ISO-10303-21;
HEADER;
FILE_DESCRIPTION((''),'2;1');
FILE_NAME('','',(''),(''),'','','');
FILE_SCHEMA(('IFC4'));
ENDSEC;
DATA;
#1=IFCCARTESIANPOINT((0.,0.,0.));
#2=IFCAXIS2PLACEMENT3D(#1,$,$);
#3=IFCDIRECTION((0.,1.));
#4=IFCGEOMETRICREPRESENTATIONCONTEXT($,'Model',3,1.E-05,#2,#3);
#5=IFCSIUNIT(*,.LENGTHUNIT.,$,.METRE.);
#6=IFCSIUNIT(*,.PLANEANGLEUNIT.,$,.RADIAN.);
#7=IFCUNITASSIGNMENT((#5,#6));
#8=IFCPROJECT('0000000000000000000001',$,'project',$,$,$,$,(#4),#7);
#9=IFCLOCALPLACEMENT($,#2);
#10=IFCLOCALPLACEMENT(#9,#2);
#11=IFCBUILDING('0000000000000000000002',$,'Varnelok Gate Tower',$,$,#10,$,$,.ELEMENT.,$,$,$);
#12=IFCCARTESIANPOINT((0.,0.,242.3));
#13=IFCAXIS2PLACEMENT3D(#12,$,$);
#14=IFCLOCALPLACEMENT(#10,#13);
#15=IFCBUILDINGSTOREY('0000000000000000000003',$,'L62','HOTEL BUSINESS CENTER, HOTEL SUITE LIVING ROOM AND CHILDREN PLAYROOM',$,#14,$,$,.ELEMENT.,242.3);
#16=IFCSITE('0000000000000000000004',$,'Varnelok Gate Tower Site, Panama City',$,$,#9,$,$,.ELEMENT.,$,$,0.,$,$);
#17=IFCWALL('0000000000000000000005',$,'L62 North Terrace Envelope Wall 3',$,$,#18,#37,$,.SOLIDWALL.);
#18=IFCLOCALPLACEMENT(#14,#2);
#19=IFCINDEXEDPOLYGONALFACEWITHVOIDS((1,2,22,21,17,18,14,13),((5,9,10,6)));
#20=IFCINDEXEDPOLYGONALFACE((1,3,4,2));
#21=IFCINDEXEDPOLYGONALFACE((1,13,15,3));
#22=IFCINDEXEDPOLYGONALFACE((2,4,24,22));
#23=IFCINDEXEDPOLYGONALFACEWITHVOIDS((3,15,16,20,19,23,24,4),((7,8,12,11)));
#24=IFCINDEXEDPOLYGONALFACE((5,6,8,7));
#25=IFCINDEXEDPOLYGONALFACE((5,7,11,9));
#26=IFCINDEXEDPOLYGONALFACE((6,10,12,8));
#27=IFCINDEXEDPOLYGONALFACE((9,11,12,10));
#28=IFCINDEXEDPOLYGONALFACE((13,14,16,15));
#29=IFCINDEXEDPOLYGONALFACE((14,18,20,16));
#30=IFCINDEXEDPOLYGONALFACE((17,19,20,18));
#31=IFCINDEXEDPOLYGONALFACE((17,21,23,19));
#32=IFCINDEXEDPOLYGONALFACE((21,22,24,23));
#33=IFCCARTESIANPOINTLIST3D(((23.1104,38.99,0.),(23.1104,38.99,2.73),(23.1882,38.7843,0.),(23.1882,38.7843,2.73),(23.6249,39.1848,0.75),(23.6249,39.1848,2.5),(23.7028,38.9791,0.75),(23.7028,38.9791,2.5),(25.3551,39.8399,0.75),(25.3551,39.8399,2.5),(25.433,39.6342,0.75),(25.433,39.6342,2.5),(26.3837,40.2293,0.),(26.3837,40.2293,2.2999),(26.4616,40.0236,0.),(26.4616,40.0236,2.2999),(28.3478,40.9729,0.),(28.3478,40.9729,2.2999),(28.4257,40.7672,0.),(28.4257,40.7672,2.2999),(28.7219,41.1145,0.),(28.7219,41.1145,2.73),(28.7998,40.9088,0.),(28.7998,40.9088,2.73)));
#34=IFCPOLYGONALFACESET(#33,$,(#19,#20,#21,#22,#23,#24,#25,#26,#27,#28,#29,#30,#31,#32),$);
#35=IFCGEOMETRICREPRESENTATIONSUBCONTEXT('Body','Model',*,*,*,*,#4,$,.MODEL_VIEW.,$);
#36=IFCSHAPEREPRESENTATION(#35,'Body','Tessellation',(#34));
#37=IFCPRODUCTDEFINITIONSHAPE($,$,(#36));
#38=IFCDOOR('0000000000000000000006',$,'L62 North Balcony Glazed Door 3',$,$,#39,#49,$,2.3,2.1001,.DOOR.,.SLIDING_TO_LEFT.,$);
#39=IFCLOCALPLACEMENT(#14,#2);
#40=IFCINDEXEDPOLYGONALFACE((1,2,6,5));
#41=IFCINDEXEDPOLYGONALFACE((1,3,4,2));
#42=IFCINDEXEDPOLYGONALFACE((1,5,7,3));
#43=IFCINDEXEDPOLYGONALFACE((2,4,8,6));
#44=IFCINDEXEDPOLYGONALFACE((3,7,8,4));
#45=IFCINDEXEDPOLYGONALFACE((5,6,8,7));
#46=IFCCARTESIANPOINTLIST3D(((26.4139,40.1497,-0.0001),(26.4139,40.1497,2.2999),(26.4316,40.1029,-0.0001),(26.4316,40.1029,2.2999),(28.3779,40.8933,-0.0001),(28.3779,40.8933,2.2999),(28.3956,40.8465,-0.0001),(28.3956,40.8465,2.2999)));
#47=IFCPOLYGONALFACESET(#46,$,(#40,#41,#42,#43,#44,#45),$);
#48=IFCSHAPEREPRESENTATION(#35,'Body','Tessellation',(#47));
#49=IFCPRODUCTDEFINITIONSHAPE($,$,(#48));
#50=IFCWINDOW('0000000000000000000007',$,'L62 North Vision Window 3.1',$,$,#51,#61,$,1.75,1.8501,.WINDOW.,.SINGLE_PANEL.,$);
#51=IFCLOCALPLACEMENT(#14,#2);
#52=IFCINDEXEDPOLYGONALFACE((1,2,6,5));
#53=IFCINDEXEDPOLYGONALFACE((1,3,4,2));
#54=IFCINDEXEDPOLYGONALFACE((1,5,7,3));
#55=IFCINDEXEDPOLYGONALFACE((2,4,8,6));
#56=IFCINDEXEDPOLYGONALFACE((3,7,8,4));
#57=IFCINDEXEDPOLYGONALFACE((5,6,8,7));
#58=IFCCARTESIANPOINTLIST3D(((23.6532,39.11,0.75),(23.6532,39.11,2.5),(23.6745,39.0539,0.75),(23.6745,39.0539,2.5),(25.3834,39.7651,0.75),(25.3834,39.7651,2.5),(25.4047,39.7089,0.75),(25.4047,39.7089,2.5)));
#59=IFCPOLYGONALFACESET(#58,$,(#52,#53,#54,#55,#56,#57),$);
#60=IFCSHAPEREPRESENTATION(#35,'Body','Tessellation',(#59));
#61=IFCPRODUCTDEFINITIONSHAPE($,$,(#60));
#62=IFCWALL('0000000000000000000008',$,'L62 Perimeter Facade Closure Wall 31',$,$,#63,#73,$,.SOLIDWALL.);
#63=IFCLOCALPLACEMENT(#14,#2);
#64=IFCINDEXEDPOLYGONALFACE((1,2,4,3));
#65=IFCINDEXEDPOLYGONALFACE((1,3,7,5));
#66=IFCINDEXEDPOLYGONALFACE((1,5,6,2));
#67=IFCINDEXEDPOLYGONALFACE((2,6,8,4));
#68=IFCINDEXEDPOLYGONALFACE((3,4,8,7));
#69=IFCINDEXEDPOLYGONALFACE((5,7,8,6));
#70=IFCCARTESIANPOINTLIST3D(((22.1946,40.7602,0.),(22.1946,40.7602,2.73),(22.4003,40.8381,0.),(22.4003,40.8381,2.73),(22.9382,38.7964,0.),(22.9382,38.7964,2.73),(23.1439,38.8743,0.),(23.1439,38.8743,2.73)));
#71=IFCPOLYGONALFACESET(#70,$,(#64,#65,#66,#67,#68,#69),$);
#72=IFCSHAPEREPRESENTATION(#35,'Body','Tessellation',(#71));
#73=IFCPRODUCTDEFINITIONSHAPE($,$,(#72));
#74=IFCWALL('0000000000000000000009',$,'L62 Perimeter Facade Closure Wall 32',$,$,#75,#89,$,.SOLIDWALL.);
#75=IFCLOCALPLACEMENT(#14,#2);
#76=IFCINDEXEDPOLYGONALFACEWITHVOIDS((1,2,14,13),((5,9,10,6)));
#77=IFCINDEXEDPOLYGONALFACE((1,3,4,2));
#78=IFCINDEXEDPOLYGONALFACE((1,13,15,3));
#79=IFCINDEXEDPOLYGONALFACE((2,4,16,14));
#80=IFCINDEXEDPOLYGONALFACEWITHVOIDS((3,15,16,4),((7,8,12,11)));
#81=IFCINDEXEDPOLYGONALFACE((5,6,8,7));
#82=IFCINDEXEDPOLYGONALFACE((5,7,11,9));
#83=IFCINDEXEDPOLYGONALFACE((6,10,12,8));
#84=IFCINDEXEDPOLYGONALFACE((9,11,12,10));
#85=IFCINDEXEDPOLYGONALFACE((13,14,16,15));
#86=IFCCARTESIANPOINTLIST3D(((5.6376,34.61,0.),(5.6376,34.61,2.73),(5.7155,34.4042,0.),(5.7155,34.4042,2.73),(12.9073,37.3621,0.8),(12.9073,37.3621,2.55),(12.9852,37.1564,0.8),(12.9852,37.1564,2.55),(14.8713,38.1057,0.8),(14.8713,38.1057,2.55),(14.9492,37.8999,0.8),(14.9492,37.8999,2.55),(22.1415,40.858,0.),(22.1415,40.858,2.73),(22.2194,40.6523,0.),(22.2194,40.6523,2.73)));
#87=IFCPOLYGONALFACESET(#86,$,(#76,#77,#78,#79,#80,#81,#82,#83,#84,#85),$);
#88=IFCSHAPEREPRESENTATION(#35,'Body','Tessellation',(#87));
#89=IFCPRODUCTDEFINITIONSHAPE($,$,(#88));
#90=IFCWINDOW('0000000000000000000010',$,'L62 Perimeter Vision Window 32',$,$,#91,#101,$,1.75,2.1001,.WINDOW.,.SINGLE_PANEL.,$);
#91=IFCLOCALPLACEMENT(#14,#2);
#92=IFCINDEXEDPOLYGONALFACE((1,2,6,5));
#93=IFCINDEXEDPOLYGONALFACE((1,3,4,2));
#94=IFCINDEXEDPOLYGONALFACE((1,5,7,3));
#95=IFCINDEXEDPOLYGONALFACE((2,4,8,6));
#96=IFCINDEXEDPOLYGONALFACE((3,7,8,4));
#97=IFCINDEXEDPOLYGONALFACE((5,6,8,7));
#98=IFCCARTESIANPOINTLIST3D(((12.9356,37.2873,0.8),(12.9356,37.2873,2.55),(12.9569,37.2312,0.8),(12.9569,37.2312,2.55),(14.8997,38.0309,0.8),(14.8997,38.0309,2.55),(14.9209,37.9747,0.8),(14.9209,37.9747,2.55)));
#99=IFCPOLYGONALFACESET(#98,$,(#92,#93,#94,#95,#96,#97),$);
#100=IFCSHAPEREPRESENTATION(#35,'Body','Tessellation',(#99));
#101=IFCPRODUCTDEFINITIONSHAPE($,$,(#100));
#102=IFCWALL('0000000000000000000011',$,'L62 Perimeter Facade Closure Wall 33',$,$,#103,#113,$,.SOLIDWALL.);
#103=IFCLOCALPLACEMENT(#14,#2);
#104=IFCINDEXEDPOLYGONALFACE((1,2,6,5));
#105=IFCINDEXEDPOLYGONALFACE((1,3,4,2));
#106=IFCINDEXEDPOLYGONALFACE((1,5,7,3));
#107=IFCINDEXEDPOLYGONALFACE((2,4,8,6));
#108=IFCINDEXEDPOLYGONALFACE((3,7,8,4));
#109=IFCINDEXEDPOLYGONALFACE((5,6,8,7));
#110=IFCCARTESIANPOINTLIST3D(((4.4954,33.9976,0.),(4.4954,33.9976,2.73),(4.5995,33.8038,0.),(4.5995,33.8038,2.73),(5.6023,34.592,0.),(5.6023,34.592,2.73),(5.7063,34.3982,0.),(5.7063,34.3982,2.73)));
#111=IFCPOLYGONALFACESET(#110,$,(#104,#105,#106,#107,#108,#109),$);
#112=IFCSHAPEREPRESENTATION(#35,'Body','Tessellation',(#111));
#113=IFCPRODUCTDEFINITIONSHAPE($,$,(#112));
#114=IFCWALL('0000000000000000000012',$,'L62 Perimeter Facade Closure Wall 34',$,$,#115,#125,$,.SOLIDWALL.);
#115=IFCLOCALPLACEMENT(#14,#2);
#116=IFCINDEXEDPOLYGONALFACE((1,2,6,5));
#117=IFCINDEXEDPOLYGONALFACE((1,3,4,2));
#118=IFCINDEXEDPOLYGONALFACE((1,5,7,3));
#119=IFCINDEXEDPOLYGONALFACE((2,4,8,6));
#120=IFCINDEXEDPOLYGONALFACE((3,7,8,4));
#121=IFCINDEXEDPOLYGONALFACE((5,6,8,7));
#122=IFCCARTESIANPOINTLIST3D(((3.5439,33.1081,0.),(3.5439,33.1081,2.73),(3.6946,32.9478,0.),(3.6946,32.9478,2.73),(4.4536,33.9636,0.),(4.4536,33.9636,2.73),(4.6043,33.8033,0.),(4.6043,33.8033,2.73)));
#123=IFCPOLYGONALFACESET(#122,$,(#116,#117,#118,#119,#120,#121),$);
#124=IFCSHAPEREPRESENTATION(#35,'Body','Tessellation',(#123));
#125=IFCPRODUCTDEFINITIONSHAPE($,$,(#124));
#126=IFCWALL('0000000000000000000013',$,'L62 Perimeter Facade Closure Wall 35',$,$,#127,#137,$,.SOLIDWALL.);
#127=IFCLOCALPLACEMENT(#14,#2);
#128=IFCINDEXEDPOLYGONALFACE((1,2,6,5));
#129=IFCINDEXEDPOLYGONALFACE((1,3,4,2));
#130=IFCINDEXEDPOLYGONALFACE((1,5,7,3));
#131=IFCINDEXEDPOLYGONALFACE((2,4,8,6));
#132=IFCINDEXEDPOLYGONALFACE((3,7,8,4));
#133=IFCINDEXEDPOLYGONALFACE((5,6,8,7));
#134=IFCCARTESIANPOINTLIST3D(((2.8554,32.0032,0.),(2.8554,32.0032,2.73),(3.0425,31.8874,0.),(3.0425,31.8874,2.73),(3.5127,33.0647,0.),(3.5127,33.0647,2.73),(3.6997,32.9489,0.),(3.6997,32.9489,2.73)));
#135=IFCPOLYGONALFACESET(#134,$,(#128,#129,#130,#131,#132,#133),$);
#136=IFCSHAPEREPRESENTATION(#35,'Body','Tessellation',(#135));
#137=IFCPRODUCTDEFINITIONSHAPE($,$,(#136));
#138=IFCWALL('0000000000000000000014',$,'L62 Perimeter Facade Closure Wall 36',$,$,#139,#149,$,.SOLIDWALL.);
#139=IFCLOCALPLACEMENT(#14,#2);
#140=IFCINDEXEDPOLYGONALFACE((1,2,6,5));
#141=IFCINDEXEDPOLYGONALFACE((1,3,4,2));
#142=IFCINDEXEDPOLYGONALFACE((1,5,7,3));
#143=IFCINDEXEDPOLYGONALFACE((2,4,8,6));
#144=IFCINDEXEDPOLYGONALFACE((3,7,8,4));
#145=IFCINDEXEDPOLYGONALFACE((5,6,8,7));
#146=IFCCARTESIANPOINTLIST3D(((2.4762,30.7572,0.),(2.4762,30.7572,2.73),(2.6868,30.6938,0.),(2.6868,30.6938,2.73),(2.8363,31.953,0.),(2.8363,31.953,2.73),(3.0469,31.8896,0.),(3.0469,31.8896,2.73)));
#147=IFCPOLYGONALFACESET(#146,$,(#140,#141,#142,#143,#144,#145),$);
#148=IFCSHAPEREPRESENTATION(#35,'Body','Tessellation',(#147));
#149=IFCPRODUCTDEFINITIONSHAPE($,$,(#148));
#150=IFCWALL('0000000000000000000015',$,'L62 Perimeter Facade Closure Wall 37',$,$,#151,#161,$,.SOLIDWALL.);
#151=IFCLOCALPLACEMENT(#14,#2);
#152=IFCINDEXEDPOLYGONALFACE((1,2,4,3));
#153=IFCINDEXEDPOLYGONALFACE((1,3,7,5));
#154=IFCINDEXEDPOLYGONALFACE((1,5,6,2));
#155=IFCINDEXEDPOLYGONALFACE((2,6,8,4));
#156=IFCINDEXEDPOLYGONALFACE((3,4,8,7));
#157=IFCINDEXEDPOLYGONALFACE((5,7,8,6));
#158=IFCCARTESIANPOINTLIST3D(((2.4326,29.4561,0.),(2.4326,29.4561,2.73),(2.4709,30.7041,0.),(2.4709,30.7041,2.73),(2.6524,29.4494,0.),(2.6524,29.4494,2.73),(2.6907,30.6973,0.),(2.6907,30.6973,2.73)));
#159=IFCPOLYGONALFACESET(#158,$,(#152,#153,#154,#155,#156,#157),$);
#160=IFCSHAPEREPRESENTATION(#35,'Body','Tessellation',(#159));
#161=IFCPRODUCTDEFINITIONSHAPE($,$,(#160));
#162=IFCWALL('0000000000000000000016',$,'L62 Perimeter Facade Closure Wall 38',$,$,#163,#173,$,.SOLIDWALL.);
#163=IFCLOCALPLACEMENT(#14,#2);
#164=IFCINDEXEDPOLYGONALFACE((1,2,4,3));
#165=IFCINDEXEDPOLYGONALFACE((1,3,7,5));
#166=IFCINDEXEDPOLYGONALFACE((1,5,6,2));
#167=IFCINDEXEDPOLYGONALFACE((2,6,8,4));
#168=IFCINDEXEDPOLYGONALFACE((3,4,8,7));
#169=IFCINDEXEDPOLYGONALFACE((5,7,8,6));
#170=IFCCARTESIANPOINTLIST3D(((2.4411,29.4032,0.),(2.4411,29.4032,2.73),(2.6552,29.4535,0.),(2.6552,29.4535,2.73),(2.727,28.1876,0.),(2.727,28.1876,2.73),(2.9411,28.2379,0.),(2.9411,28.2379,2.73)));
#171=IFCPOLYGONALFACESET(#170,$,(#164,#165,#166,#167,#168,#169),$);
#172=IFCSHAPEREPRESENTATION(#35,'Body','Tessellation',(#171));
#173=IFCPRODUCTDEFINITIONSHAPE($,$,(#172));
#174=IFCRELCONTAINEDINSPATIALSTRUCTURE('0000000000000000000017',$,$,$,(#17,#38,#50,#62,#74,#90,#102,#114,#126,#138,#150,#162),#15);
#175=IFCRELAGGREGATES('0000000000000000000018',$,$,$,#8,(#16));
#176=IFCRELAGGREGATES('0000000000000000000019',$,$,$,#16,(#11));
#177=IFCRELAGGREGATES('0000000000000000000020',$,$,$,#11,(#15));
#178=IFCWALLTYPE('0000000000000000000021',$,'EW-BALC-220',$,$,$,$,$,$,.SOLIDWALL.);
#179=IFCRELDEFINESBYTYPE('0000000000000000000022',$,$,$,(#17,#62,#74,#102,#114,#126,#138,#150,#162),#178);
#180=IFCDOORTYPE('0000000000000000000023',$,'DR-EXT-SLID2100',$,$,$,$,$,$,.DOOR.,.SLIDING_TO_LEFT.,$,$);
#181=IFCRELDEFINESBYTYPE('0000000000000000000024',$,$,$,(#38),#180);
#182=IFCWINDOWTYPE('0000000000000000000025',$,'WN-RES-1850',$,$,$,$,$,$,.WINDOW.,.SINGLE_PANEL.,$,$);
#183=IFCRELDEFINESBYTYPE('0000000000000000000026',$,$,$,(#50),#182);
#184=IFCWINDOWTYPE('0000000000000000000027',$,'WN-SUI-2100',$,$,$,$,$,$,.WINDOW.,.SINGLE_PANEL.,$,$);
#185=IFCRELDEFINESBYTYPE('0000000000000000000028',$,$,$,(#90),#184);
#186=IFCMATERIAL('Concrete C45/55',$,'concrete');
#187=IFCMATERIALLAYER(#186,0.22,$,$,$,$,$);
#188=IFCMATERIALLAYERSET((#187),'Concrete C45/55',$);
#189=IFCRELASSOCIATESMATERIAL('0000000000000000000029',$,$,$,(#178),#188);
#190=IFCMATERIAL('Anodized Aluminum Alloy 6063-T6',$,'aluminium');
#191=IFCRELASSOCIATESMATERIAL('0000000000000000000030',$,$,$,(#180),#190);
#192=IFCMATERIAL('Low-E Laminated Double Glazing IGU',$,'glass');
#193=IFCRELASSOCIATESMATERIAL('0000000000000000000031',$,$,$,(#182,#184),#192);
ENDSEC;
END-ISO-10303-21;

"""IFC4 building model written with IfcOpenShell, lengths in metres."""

from ifc_helpers import new_model, si_unit, direction, frame, frame_2d, origin, place, context, subcontext, project, spatial, rectangle, extrude, material, layer, layer_set, type_object, element, fill, save


model = new_model("IFC4")

# Units and contexts
model_context = context("Model", 3, precision=1e-05, world=origin(), true_north=direction((0.0, 1.0)))
body_context = subcontext(model_context, "Body", "Model", "MODEL_VIEW")
ifc_project = project(units=[si_unit("LENGTHUNIT", "METRE"), si_unit("PLANEANGLEUNIT", "RADIAN")], contexts=[model_context])

# Site, building, storey
site_placement = place(None, origin())
site = spatial("IfcSite", under=ifc_project, at=site_placement, Name="Varnelok Gate Tower Site, Panama City", CompositionType="ELEMENT", RefElevation=0.0)
building_placement = place(site_placement, origin())
building = spatial("IfcBuilding", under=site, at=building_placement, Name="Varnelok Gate Tower", CompositionType="ELEMENT")
storey_placement = place(building_placement, frame((0.0, 0.0, 242.3)))
storey = spatial("IfcBuildingStorey", under=building, at=storey_placement, Name="L62", Description="HOTEL BUSINESS CENTER, HOTEL SUITE LIVING ROOM AND CHILDREN PLAYROOM", CompositionType="ELEMENT", Elevation=242.3)

# Shared definitions
ifc_material_1 = material(Name="Anodized Aluminum Alloy 6063-T6", Category="aluminium")
ifc_material_2 = material(Name="Low-E Laminated Double Glazing IGU", Category="glass")

# Wall, openings, door, window
ifc_material_3 = material(Name="Concrete C45/55", Category="concrete")
ifc_layer_1 = layer(ifc_material_3, 0.22)
ifc_layer_set_1 = layer_set([ifc_layer_1], Name="Concrete C45/55")
wall_type_1 = type_object("IfcWallType", Name="EW-BALC-220", PredefinedType="SOLIDWALL", material=ifc_layer_set_1)
wall_1_placement = place(storey_placement, frame((23.1494, 38.8872, 0.0), z_axis=(0.0, 0.0, 1.0), x_axis=(0.935219, 0.354069, 0.0)))
wall_1 = element("IfcWall", 1, at=wall_1_placement, inside=storey, type_object=wall_type_1, Name="L62 North Terrace Envelope Wall 3", PredefinedType="SOLIDWALL", context=body_context, shape_type="SweptSolid", body=[
    extrude(rectangle(XDim=6.0002, YDim=0.22, at=frame_2d((3.0, 0.0))), origin(), (0.0, 0.0, 1.0), 2.73),
])
opening_1_placement = place(wall_1_placement, frame((3.5, 0.0, 0.0)))
opening_1 = element("IfcOpeningElement", 2, at=opening_1_placement, cuts=wall_1, PredefinedType="OPENING", context=body_context, shape_type="SweptSolid", body=[
    extrude(rectangle(XDim=2.1001, YDim=2.3, at=frame_2d((1.05, 1.1499))), frame((0.0, 0.1199, 0.0), z_axis=(0.0, -1.0, 0.0), x_axis=(1.0, 0.0, 0.0)), (0.0, 0.0, 1.0), 0.24),
])
opening_2_placement = place(wall_1_placement, frame((0.55, 0.0, 0.75)))
opening_2 = element("IfcOpeningElement", 3, at=opening_2_placement, cuts=wall_1, PredefinedType="OPENING", context=body_context, shape_type="SweptSolid", body=[
    extrude(rectangle(XDim=1.8501, YDim=1.75, at=frame_2d((0.925, 0.875))), frame((0.0, 0.1199, 0.0), z_axis=(0.0, -1.0, 0.0), x_axis=(1.0, 0.0, 0.0)), (0.0, 0.0, 1.0), 0.24),
])
door_type = type_object("IfcDoorType", Name="DR-EXT-SLID2100", OperationType="SLIDING_TO_LEFT", PredefinedType="DOOR", material=ifc_material_1)
door_placement = place(opening_1_placement, origin())
door = element("IfcDoor", 4, at=door_placement, inside=storey, type_object=door_type, Name="L62 North Balcony Glazed Door 3", OperationType="SLIDING_TO_LEFT", OverallHeight=2.3, OverallWidth=2.1001, PredefinedType="DOOR", context=body_context, shape_type="SweptSolid", body=[
    extrude(rectangle(XDim=2.1001, YDim=2.3, at=frame_2d((1.05, 1.1499))), frame((0.0, 0.0249, 0.0), z_axis=(0.0, -1.0, 0.0), x_axis=(1.0, 0.0, 0.0)), (0.0, 0.0, 1.0), 0.05),
])
fill(opening_1, door)
window_type_1 = type_object("IfcWindowType", Name="WN-RES-1850", PartitioningType="SINGLE_PANEL", PredefinedType="WINDOW", material=ifc_material_2)
window_1_placement = place(opening_2_placement, origin())
window_1 = element("IfcWindow", 5, at=window_1_placement, inside=storey, type_object=window_type_1, Name="L62 North Vision Window 3.1", OverallHeight=1.75, OverallWidth=1.8501, PartitioningType="SINGLE_PANEL", PredefinedType="WINDOW", context=body_context, shape_type="SweptSolid", body=[
    extrude(rectangle(XDim=1.8501, YDim=1.75, at=frame_2d((0.925, 0.875))), frame((0.0, 0.03, 0.0), z_axis=(0.0, -1.0, 0.0), x_axis=(1.0, 0.0, 0.0)), (0.0, 0.0, 1.0), 0.0601),
])
fill(opening_2, window_1)

# Wall
wall_2_placement = place(storey_placement, frame((23.041, 38.8354, 0.0), z_axis=(0.0, 0.0, 1.0), x_axis=(-0.354128, 0.935197, 0.0)))
element("IfcWall", 6, at=wall_2_placement, inside=storey, type_object=wall_type_1, Name="L62 Perimeter Facade Closure Wall 31", PredefinedType="SOLIDWALL", context=body_context, shape_type="SweptSolid", body=[
    extrude(rectangle(XDim=2.0999, YDim=0.22, at=frame_2d((1.0498, 0.0))), origin(), (0.0, 0.0, 1.0), 2.73),
])

# Wall, opening, window
wall_3_placement = place(storey_placement, frame((22.1804, 40.7551, 0.0), z_axis=(0.0, 0.0, 1.0), x_axis=(-0.935224, -0.354057, 0.0)))
wall_3 = element("IfcWall", 7, at=wall_3_placement, inside=storey, type_object=wall_type_1, Name="L62 Perimeter Facade Closure Wall 32", PredefinedType="SOLIDWALL", context=body_context, shape_type="SweptSolid", body=[
    extrude(rectangle(XDim=17.647, YDim=0.22, at=frame_2d((8.8235, 0.0))), origin(), (0.0, 0.0, 1.0), 2.73),
])
opening_3_placement = place(wall_3_placement, frame((7.7737, 0.0, 0.8)))
opening_3 = element("IfcOpeningElement", 8, at=opening_3_placement, cuts=wall_3, PredefinedType="OPENING", context=body_context, shape_type="SweptSolid", body=[
    extrude(rectangle(XDim=2.1001, YDim=1.75, at=frame_2d((1.05, 0.875))), frame((0.0, 0.1199, 0.0), z_axis=(0.0, -1.0, 0.0), x_axis=(1.0, 0.0, 0.0)), (0.0, 0.0, 1.0), 0.24),
])
window_type_2 = type_object("IfcWindowType", Name="WN-SUI-2100", PartitioningType="SINGLE_PANEL", PredefinedType="WINDOW", material=ifc_material_2)
window_2_placement = place(opening_3_placement, origin())
window_2 = element("IfcWindow", 9, at=window_2_placement, inside=storey, type_object=window_type_2, Name="L62 Perimeter Vision Window 32", OverallHeight=1.75, OverallWidth=2.1001, PartitioningType="SINGLE_PANEL", PredefinedType="WINDOW", context=body_context, shape_type="SweptSolid", body=[
    extrude(rectangle(XDim=2.1001, YDim=1.75, at=frame_2d((1.05, 0.875))), frame((0.0, 0.03, 0.0), z_axis=(0.0, -1.0, 0.0), x_axis=(1.0, 0.0, 0.0)), (0.0, 0.0, 1.0), 0.0601),
])
fill(opening_3, window_2)

# Walls
wall_4_placement = place(storey_placement, frame((5.6543, 34.4951, 0.0), z_axis=(0.0, 0.0, 1.0), x_axis=(-0.880988, -0.473138, 0.0)))
element("IfcWall", 10, at=wall_4_placement, inside=storey, type_object=wall_type_1, Name="L62 Perimeter Facade Closure Wall 33", PredefinedType="SOLIDWALL", context=body_context, shape_type="SweptSolid", body=[
    extrude(rectangle(XDim=1.2563, YDim=0.22, at=frame_2d((0.6282, 0.0))), origin(), (0.0, 0.0, 1.0), 2.73),
])
wall_5_placement = place(storey_placement, frame((4.5291, 33.8835, 0.0), z_axis=(0.0, 0.0, 1.0), x_axis=(-0.728475, -0.685072, 0.0)))
element("IfcWall", 11, at=wall_5_placement, inside=storey, type_object=wall_type_1, Name="L62 Perimeter Facade Closure Wall 34", PredefinedType="SOLIDWALL", context=body_context, shape_type="SweptSolid", body=[
    extrude(rectangle(XDim=1.2488, YDim=0.22, at=frame_2d((0.6245, 0.0))), origin(), (0.0, 0.0, 1.0), 2.73),
])
wall_6_placement = place(storey_placement, frame((3.6062, 33.0068, 0.0), z_axis=(0.0, 0.0, 1.0), x_axis=(-0.526408, -0.850232, 0.0)))
element("IfcWall", 12, at=wall_6_placement, inside=storey, type_object=wall_type_1, Name="L62 Perimeter Facade Closure Wall 35", PredefinedType="SOLIDWALL", context=body_context, shape_type="SweptSolid", body=[
    extrude(rectangle(XDim=1.2485, YDim=0.22, at=frame_2d((0.6243, 0.0))), origin(), (0.0, 0.0, 1.0), 2.73),
])
wall_7_placement = place(storey_placement, frame((2.9417, 31.9214, 0.0), z_axis=(0.0, 0.0, 1.0), x_axis=(-0.288352, -0.957524, 0.0)))
element("IfcWall", 13, at=wall_7_placement, inside=storey, type_object=wall_type_1, Name="L62 Perimeter Facade Closure Wall 36", PredefinedType="SOLIDWALL", context=body_context, shape_type="SweptSolid", body=[
    extrude(rectangle(XDim=1.2488, YDim=0.22, at=frame_2d((0.6245, 0.0))), origin(), (0.0, 0.0, 1.0), 2.73),
])
wall_8_placement = place(storey_placement, frame((2.5808, 30.7007, 0.0), z_axis=(0.0, 0.0, 1.0), x_axis=(-0.030698, -0.999529, 0.0)))
element("IfcWall", 14, at=wall_8_placement, inside=storey, type_object=wall_type_1, Name="L62 Perimeter Facade Closure Wall 37", PredefinedType="SOLIDWALL", context=body_context, shape_type="SweptSolid", body=[
    extrude(rectangle(XDim=1.2485, YDim=0.22, at=frame_2d((0.6243, 0.0))), origin(), (0.0, 0.0, 1.0), 2.73),
])
wall_9_placement = place(storey_placement, frame((2.5481, 29.4285, 0.0), z_axis=(0.0, 0.0, 1.0), x_axis=(0.228941, -0.97344, 0.0)))
element("IfcWall", 15, at=wall_9_placement, inside=storey, type_object=wall_type_1, Name="L62 Perimeter Facade Closure Wall 38", PredefinedType="SOLIDWALL", context=body_context, shape_type="SweptSolid", body=[
    extrude(rectangle(XDim=1.2488, YDim=0.22, at=frame_2d((0.6245, 0.0))), origin(), (0.0, 0.0, 1.0), 2.73),
])

save(model, "model.ifc")
